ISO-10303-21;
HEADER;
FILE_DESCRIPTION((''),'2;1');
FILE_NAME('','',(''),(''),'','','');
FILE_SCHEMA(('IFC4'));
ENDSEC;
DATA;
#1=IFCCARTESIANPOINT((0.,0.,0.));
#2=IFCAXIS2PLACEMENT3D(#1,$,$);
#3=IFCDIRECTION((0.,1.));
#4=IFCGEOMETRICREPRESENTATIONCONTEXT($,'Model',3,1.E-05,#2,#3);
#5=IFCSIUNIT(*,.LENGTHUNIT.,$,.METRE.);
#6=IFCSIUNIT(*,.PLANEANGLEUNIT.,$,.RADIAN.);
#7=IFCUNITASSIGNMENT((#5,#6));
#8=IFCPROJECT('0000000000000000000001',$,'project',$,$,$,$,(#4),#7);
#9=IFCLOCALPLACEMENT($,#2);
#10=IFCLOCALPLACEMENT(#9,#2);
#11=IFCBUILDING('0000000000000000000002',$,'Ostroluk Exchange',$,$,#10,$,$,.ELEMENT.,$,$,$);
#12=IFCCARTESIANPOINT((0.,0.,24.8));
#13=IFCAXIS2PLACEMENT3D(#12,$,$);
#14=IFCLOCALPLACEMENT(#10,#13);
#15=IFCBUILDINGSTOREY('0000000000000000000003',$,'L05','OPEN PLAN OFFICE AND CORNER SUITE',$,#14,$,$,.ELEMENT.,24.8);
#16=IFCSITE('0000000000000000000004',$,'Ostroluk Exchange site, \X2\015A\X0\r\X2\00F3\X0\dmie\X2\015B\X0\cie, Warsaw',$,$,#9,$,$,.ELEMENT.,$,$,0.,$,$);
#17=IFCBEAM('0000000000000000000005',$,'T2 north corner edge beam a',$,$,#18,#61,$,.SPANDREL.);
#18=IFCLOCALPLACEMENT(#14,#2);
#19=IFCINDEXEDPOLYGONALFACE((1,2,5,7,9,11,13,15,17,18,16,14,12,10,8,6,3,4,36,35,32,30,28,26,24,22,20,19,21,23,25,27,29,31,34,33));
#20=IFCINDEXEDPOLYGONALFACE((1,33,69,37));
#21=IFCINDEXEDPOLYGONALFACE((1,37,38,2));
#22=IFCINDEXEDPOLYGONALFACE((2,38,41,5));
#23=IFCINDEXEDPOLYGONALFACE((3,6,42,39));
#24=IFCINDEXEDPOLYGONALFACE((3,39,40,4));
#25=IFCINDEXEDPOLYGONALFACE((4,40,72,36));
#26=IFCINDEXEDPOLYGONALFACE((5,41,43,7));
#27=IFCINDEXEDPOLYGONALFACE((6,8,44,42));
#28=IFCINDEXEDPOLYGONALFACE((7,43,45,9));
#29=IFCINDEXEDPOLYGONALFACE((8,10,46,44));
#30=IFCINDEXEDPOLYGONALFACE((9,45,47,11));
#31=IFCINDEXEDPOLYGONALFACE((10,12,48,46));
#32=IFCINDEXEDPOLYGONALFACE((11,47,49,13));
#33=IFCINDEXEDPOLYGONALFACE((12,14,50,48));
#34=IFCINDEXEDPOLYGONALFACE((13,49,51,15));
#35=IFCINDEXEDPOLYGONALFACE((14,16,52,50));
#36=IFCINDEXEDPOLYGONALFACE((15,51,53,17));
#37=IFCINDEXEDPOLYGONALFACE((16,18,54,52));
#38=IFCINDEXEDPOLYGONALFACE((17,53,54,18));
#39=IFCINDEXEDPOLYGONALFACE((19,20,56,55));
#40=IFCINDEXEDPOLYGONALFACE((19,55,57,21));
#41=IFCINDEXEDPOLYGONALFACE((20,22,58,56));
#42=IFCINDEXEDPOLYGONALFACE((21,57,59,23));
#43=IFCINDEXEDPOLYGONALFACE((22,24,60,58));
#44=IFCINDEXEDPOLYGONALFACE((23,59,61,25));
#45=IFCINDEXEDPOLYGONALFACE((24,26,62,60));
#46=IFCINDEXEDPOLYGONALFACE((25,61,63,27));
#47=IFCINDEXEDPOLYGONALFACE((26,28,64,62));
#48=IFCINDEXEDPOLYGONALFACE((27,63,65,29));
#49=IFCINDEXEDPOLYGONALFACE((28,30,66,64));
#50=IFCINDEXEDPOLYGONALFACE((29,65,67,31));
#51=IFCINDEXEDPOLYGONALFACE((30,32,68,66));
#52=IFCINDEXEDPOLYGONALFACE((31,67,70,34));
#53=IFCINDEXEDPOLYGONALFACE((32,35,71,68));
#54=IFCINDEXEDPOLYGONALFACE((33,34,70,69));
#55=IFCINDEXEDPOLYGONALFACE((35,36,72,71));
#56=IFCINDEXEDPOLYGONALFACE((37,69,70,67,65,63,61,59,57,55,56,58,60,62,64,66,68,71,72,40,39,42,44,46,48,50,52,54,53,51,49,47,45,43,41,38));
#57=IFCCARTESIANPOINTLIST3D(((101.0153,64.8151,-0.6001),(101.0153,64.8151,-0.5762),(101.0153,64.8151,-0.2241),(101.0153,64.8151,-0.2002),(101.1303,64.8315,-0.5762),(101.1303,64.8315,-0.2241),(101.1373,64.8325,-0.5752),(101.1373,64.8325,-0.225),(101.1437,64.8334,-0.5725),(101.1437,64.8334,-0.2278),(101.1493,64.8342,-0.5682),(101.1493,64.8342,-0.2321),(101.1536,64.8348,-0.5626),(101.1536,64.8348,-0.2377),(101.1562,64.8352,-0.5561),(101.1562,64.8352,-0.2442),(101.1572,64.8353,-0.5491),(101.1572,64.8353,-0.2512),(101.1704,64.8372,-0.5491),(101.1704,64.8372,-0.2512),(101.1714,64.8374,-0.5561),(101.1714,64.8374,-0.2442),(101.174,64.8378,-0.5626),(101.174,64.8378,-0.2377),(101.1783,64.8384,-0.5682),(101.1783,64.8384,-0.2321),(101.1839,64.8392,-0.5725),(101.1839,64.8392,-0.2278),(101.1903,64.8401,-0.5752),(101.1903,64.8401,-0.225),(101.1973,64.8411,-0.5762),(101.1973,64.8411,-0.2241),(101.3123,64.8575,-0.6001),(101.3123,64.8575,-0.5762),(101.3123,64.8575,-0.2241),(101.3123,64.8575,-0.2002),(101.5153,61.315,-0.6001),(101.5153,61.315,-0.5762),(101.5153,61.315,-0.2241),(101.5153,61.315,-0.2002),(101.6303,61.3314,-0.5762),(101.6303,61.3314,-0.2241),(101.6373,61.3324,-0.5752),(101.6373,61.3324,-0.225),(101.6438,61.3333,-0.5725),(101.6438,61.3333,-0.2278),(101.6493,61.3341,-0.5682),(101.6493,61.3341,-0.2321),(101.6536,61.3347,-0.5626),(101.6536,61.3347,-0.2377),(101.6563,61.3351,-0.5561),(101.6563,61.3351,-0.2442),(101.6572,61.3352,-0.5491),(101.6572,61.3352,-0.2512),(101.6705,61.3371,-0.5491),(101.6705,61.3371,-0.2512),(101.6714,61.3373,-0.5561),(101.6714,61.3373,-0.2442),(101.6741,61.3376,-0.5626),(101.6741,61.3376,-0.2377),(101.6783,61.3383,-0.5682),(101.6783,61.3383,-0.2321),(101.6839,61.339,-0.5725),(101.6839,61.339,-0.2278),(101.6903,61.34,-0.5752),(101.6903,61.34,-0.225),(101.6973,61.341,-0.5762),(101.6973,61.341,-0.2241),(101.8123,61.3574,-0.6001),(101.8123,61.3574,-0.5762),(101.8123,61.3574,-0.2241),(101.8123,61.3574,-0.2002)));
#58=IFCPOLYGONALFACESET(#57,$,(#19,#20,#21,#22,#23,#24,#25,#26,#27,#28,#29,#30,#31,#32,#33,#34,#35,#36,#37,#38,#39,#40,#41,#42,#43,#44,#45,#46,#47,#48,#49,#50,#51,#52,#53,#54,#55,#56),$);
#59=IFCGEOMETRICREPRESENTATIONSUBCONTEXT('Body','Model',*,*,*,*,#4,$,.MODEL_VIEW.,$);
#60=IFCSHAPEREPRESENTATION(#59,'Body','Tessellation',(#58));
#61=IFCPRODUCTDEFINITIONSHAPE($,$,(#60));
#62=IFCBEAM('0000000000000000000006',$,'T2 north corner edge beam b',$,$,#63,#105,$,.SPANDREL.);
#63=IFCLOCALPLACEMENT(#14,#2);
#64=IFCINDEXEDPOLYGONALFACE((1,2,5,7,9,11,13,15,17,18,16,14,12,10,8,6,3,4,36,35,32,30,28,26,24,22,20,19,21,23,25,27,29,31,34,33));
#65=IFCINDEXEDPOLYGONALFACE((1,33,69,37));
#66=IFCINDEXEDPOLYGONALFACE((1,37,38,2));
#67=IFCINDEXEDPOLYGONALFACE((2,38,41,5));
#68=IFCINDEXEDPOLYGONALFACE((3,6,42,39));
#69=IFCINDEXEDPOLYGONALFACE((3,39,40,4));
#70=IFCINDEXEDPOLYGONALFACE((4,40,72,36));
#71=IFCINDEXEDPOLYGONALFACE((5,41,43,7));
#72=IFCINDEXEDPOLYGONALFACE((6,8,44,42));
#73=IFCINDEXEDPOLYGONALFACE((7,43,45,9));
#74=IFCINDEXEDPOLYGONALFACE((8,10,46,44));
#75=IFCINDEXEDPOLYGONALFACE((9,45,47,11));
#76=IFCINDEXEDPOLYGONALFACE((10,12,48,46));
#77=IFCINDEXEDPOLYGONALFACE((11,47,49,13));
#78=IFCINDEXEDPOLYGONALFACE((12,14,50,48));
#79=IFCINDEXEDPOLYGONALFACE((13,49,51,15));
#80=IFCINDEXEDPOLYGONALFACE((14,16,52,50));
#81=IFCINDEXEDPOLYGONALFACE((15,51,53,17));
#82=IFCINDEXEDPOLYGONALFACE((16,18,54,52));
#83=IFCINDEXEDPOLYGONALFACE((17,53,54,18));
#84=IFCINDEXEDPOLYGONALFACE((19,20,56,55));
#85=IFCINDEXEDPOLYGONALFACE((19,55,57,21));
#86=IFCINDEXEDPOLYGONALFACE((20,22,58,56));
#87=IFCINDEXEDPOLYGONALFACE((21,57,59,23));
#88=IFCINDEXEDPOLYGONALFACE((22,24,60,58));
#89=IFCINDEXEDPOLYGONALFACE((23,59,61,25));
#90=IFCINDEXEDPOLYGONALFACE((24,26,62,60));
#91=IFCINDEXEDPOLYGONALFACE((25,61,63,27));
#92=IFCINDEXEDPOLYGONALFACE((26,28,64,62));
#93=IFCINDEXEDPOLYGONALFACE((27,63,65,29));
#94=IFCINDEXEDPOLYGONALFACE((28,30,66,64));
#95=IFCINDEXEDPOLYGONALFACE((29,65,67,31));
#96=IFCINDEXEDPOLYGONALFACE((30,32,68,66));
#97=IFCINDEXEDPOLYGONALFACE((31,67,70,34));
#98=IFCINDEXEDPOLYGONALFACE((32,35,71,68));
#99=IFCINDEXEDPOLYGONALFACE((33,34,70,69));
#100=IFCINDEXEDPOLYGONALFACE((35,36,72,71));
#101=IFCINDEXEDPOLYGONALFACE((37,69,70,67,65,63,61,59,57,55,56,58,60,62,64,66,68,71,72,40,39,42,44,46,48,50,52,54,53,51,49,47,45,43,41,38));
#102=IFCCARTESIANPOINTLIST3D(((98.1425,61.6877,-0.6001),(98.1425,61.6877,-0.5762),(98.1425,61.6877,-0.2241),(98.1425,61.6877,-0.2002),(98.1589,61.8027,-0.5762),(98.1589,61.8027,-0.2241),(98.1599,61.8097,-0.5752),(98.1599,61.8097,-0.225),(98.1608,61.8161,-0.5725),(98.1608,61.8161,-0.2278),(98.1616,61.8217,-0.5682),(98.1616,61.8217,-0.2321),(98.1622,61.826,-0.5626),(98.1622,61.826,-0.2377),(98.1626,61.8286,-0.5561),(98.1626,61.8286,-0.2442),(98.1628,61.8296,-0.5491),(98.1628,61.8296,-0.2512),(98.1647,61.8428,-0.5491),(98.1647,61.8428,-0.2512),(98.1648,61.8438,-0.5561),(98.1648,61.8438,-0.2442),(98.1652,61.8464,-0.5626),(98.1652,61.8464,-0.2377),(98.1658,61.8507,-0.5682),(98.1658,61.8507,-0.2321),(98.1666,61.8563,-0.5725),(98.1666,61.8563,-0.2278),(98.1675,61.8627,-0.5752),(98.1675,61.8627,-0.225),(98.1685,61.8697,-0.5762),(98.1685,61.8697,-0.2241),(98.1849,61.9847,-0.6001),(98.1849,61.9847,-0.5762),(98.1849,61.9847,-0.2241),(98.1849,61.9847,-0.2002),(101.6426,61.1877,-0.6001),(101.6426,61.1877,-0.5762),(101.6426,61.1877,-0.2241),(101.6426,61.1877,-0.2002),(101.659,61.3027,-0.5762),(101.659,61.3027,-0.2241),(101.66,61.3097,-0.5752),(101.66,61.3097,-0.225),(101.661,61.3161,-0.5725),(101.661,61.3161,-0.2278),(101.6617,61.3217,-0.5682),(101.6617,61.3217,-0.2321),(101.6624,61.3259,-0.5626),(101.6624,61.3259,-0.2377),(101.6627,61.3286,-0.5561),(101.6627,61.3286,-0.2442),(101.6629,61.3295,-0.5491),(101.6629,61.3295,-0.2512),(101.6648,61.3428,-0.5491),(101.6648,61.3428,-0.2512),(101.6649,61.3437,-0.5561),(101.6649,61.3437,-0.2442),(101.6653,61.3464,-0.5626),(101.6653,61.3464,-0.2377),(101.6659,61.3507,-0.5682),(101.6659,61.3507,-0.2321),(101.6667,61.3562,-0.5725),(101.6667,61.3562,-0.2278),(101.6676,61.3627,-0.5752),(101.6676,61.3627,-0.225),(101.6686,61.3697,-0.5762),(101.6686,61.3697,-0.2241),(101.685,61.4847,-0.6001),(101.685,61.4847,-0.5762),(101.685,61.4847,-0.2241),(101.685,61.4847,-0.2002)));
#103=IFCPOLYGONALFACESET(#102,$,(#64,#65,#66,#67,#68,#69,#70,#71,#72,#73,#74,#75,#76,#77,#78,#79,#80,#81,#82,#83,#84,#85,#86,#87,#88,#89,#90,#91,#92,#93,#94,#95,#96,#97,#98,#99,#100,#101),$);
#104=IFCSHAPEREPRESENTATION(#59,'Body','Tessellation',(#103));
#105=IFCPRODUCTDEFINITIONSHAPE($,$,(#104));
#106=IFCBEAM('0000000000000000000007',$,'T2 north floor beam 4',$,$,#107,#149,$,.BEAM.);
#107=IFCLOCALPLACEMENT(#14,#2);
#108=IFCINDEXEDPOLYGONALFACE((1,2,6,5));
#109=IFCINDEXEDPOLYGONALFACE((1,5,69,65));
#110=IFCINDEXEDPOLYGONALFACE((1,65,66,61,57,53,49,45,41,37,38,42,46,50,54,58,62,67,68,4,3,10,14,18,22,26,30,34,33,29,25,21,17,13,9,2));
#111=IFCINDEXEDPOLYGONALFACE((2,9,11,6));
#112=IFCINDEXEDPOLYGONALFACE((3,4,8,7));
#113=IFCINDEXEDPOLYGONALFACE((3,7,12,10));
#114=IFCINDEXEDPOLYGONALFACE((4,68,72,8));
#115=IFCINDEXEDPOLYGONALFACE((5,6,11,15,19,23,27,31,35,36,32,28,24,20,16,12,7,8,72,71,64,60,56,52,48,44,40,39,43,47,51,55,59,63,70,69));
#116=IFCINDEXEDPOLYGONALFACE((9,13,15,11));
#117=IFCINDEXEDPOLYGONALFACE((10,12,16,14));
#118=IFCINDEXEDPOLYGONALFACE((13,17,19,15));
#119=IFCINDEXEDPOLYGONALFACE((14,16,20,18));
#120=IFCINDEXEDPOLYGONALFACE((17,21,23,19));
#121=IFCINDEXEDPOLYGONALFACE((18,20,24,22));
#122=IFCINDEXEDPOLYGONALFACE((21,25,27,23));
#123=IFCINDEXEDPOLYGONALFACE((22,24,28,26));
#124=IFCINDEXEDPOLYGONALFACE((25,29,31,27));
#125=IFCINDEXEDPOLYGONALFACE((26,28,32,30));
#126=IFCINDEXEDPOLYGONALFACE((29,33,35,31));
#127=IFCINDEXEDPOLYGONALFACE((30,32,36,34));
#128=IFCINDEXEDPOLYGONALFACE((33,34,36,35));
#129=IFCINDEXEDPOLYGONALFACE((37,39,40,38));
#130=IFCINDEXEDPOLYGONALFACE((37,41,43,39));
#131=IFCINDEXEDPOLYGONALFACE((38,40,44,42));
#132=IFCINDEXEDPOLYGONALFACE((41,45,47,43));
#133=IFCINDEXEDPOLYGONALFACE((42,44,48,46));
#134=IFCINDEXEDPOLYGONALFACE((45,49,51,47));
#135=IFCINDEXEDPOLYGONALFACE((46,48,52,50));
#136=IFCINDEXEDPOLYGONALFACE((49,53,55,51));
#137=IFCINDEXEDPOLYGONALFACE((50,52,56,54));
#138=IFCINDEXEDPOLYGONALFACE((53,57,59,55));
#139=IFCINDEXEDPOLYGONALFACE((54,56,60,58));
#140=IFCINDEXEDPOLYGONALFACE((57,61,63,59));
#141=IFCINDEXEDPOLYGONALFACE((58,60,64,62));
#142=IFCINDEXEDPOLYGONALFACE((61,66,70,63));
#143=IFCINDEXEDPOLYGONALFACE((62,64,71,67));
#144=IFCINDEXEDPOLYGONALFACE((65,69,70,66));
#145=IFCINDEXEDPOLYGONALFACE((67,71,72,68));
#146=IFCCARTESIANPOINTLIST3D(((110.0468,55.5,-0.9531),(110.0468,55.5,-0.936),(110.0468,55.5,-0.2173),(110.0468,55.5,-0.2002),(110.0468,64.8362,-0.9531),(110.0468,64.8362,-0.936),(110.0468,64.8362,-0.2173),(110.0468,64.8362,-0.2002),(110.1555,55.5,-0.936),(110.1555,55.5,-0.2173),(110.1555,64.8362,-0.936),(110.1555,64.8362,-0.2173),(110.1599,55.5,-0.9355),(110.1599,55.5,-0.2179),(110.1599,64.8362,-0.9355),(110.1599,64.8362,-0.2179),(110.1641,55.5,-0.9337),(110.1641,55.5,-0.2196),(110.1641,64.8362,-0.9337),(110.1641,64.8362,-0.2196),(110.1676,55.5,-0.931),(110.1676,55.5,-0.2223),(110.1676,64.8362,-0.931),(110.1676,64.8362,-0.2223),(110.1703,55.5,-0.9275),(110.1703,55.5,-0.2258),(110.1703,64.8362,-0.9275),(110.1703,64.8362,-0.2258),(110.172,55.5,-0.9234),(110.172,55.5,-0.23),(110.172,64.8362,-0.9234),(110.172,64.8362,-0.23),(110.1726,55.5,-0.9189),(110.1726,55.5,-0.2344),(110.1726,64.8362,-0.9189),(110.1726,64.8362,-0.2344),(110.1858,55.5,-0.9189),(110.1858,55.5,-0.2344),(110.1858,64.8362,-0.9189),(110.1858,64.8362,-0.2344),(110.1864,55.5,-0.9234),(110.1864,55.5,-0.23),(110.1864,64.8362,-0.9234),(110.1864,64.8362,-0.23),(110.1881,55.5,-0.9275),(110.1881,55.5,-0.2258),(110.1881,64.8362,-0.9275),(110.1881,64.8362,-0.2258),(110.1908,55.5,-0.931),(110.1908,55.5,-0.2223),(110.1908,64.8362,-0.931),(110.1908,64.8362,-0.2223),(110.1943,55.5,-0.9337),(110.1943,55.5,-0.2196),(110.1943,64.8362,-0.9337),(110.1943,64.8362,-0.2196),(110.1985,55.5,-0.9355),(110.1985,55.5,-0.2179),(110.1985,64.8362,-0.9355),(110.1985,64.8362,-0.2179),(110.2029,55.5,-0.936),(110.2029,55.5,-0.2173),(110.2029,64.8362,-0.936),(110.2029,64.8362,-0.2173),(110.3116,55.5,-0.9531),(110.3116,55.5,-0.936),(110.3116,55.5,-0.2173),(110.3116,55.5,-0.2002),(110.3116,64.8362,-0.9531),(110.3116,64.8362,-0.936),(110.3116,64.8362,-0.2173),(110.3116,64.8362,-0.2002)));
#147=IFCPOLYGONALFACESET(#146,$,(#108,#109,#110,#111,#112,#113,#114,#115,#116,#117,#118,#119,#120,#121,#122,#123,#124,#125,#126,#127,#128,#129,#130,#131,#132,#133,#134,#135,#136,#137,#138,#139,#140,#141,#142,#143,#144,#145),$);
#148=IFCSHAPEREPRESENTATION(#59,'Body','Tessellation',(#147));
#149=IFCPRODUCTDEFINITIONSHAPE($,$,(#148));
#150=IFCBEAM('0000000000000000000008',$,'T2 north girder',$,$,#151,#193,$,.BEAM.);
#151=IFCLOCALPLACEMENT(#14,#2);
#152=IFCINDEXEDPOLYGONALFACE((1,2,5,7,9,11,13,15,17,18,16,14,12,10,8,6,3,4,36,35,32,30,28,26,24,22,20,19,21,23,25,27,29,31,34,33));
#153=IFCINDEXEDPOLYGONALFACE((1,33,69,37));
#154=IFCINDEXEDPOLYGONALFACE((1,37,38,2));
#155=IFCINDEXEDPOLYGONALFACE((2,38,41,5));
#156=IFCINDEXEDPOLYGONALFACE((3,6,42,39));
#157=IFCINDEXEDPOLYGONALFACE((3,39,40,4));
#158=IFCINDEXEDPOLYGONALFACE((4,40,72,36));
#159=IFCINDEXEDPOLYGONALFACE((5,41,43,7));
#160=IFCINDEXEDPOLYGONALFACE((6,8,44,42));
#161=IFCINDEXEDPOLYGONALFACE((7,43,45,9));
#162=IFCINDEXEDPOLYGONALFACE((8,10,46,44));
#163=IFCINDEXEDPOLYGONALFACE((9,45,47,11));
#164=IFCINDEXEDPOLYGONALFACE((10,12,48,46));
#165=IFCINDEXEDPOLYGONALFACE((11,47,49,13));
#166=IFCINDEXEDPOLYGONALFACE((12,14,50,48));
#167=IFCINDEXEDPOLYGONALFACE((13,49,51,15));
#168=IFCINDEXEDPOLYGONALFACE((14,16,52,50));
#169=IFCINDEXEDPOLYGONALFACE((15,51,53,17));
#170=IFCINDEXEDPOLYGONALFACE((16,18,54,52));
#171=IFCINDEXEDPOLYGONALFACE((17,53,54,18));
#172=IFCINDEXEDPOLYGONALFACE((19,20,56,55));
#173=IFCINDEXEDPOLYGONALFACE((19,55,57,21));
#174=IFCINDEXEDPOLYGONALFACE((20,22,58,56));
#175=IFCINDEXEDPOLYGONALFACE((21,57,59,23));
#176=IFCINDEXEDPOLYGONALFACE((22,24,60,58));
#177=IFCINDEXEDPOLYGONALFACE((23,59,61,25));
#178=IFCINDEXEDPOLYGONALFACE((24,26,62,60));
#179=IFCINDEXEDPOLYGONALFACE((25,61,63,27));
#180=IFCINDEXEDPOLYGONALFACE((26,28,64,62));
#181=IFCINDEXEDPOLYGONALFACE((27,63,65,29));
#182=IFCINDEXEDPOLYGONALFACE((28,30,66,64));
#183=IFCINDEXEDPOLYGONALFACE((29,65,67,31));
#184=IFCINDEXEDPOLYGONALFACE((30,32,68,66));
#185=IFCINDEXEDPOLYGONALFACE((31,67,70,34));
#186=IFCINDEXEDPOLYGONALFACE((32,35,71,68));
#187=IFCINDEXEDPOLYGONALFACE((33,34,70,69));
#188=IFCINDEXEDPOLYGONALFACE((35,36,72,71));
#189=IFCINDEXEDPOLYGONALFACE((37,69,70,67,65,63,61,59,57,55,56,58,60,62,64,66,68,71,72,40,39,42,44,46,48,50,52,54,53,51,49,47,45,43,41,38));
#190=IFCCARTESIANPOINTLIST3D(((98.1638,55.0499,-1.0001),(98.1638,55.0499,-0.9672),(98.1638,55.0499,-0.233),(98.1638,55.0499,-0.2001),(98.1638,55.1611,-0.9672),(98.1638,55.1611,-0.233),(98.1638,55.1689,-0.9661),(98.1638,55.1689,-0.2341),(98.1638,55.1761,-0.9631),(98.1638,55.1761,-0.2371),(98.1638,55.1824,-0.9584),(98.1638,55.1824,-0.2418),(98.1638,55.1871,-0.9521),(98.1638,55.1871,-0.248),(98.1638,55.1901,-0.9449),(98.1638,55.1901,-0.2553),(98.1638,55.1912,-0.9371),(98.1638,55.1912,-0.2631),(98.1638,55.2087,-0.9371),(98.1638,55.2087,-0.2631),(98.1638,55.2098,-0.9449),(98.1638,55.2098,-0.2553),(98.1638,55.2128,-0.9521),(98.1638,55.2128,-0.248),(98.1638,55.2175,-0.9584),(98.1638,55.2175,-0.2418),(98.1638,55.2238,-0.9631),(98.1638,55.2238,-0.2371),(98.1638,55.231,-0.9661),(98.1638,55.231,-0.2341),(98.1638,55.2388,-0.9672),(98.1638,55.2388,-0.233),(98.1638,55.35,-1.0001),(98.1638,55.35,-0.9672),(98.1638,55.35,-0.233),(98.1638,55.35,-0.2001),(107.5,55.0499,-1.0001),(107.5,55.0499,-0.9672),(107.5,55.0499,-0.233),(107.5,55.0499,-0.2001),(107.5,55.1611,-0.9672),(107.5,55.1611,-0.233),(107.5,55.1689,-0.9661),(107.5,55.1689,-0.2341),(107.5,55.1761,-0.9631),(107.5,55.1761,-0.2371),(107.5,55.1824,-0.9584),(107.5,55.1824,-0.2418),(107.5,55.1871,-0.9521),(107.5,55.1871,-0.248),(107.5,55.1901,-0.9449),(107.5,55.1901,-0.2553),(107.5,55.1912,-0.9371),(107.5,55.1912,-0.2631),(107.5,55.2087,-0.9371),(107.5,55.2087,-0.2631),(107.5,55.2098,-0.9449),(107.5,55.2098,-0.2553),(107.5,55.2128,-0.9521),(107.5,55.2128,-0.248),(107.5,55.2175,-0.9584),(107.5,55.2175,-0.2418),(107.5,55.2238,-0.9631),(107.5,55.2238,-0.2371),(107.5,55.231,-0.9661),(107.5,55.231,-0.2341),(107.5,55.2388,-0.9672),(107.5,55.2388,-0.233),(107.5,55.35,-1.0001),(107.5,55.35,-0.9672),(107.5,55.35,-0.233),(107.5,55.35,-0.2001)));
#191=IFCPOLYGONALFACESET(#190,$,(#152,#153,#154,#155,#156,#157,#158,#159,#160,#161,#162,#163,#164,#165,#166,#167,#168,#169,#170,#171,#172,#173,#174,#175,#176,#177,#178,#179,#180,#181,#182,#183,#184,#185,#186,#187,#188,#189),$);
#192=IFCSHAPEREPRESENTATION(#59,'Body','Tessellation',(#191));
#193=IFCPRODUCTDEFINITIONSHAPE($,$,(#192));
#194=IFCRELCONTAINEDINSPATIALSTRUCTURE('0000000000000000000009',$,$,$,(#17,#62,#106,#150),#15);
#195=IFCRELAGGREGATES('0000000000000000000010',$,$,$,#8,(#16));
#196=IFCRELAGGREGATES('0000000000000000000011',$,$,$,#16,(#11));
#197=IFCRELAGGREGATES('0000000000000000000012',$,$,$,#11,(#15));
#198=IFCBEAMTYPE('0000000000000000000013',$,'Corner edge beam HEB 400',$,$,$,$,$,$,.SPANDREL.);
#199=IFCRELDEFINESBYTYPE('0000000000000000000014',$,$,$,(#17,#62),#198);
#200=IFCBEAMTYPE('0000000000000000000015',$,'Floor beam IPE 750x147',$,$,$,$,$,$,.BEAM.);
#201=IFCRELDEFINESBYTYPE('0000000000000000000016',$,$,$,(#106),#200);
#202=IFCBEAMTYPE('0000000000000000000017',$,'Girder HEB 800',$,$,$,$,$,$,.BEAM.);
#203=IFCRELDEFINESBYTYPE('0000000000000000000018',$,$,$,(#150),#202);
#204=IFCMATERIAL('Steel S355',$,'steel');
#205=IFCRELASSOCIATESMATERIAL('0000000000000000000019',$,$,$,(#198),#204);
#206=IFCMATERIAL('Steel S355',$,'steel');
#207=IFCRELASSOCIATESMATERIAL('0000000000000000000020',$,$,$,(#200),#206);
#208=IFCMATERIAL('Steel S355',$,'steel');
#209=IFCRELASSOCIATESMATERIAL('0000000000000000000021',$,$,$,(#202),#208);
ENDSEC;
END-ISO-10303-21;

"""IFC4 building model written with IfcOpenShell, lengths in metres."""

from ifc_helpers import new_model, si_unit, direction, frame, origin, origin_2d, place, context, subcontext, project, spatial, i_section, extrude, material, material_profile, profile_set, type_object, element, save


model = new_model("IFC4")

# Units and contexts
model_context = context("Model", 3, precision=1e-05, world=origin(), true_north=direction((0.0, 1.0)))
body_context = subcontext(model_context, "Body", "Model", "MODEL_VIEW")
ifc_project = project(units=[si_unit("LENGTHUNIT", "METRE"), si_unit("PLANEANGLEUNIT", "RADIAN")], contexts=[model_context])

# Site, building, storey
site_placement = place(None, origin())
site = spatial("IfcSite", under=ifc_project, at=site_placement, Name="Ostroluk Exchange site, Śródmieście, Warsaw", CompositionType="ELEMENT", RefElevation=0.0)
building_placement = place(site_placement, origin())
building = spatial("IfcBuilding", under=site, at=building_placement, Name="Ostroluk Exchange", CompositionType="ELEMENT")
storey_placement = place(building_placement, frame((0.0, 0.0, 24.8)))
storey = spatial("IfcBuildingStorey", under=building, at=storey_placement, Name="L05", Description="OPEN PLAN OFFICE AND CORNER SUITE", CompositionType="ELEMENT", Elevation=24.8)

# Beams
ifc_material_1 = material(Name="Steel S355", Category="steel")
ifc_material_profile_1 = material_profile(ifc_material_1, i_section(OverallWidth=0.3, OverallDepth=0.3999, WebThickness=0.0134, FlangeThickness=0.0239, FilletRadius=0.0271, at=origin_2d()), Name="HEB 400")
ifc_profile_set_1 = profile_set([ifc_material_profile_1], Name="Steel S355")
beam_type_1 = type_object("IfcBeamType", Name="Corner edge beam HEB 400", PredefinedType="SPANDREL", material=ifc_profile_set_1)
for number, where, z_axis, x_axis, name in (
    (1, (101.6638, 61.3362, -0.4001), (-0.141421, 0.989949, 0.0), (-0.989949, -0.141421, 0.0), "T2 north corner edge beam a"),
    (2, (101.6638, 61.3362, -0.4001), (-0.989949, 0.141421, 0.0), (-0.141421, -0.989949, 0.0), "T2 north corner edge beam b"),
):
    element("IfcBeam", number, at=place(storey_placement, frame(where, z_axis=z_axis, x_axis=x_axis)), inside=storey, type_object=beam_type_1, Name=name, PredefinedType="SPANDREL", context=body_context, shape_type="SweptSolid", body=[
        extrude(i_section(OverallWidth=0.3, OverallDepth=0.3999, WebThickness=0.0134, FlangeThickness=0.0239, FilletRadius=0.0271, at=origin_2d()), origin(), (0.0, 0.0, 1.0), 3.5356),
    ])
ifc_material_2 = material(Name="Steel S355", Category="steel")
ifc_material_profile_2 = material_profile(ifc_material_2, i_section(OverallWidth=0.2649, OverallDepth=0.7529, WebThickness=0.0132, FlangeThickness=0.0171, FilletRadius=0.0171, at=origin_2d()), Name="IPE 750x147")
ifc_profile_set_2 = profile_set([ifc_material_profile_2], Name="Steel S355")
beam_type_2 = type_object("IfcBeamType", Name="Floor beam IPE 750x147", PredefinedType="BEAM", material=ifc_profile_set_2)
beam_1_placement = place(storey_placement, frame((110.1792, 55.5, -0.5767), z_axis=(0.0, 1.0, 0.0), x_axis=(-1.0, 0.0, 0.0)))
element("IfcBeam", 3, at=beam_1_placement, inside=storey, type_object=beam_type_2, Name="T2 north floor beam 4", PredefinedType="BEAM", context=body_context, shape_type="SweptSolid", body=[
    extrude(i_section(OverallWidth=0.2649, OverallDepth=0.7529, WebThickness=0.0132, FlangeThickness=0.0171, FilletRadius=0.0171, at=origin_2d()), origin(), (0.0, 0.0, 1.0), 9.3362),
])
ifc_material_3 = material(Name="Steel S355", Category="steel")
ifc_material_profile_3 = material_profile(ifc_material_3, i_section(OverallWidth=0.3, OverallDepth=0.8, WebThickness=0.0176, FlangeThickness=0.033, FilletRadius=0.03, at=origin_2d()), Name="HEB 800")
ifc_profile_set_3 = profile_set([ifc_material_profile_3], Name="Steel S355")
beam_type_3 = type_object("IfcBeamType", Name="Girder HEB 800", PredefinedType="BEAM", material=ifc_profile_set_3)
beam_2_placement = place(storey_placement, frame((107.5, 55.2, -0.6001), z_axis=(-1.0, 0.0, 0.0), x_axis=(0.0, -1.0, 0.0)))
element("IfcBeam", 4, at=beam_2_placement, inside=storey, type_object=beam_type_3, Name="T2 north girder", PredefinedType="BEAM", context=body_context, shape_type="SweptSolid", body=[
    extrude(i_section(OverallWidth=0.3, OverallDepth=0.8, WebThickness=0.0176, FlangeThickness=0.033, FilletRadius=0.03, at=origin_2d()), origin(), (0.0, 0.0, 1.0), 9.3362),
])

save(model, "model.ifc")
